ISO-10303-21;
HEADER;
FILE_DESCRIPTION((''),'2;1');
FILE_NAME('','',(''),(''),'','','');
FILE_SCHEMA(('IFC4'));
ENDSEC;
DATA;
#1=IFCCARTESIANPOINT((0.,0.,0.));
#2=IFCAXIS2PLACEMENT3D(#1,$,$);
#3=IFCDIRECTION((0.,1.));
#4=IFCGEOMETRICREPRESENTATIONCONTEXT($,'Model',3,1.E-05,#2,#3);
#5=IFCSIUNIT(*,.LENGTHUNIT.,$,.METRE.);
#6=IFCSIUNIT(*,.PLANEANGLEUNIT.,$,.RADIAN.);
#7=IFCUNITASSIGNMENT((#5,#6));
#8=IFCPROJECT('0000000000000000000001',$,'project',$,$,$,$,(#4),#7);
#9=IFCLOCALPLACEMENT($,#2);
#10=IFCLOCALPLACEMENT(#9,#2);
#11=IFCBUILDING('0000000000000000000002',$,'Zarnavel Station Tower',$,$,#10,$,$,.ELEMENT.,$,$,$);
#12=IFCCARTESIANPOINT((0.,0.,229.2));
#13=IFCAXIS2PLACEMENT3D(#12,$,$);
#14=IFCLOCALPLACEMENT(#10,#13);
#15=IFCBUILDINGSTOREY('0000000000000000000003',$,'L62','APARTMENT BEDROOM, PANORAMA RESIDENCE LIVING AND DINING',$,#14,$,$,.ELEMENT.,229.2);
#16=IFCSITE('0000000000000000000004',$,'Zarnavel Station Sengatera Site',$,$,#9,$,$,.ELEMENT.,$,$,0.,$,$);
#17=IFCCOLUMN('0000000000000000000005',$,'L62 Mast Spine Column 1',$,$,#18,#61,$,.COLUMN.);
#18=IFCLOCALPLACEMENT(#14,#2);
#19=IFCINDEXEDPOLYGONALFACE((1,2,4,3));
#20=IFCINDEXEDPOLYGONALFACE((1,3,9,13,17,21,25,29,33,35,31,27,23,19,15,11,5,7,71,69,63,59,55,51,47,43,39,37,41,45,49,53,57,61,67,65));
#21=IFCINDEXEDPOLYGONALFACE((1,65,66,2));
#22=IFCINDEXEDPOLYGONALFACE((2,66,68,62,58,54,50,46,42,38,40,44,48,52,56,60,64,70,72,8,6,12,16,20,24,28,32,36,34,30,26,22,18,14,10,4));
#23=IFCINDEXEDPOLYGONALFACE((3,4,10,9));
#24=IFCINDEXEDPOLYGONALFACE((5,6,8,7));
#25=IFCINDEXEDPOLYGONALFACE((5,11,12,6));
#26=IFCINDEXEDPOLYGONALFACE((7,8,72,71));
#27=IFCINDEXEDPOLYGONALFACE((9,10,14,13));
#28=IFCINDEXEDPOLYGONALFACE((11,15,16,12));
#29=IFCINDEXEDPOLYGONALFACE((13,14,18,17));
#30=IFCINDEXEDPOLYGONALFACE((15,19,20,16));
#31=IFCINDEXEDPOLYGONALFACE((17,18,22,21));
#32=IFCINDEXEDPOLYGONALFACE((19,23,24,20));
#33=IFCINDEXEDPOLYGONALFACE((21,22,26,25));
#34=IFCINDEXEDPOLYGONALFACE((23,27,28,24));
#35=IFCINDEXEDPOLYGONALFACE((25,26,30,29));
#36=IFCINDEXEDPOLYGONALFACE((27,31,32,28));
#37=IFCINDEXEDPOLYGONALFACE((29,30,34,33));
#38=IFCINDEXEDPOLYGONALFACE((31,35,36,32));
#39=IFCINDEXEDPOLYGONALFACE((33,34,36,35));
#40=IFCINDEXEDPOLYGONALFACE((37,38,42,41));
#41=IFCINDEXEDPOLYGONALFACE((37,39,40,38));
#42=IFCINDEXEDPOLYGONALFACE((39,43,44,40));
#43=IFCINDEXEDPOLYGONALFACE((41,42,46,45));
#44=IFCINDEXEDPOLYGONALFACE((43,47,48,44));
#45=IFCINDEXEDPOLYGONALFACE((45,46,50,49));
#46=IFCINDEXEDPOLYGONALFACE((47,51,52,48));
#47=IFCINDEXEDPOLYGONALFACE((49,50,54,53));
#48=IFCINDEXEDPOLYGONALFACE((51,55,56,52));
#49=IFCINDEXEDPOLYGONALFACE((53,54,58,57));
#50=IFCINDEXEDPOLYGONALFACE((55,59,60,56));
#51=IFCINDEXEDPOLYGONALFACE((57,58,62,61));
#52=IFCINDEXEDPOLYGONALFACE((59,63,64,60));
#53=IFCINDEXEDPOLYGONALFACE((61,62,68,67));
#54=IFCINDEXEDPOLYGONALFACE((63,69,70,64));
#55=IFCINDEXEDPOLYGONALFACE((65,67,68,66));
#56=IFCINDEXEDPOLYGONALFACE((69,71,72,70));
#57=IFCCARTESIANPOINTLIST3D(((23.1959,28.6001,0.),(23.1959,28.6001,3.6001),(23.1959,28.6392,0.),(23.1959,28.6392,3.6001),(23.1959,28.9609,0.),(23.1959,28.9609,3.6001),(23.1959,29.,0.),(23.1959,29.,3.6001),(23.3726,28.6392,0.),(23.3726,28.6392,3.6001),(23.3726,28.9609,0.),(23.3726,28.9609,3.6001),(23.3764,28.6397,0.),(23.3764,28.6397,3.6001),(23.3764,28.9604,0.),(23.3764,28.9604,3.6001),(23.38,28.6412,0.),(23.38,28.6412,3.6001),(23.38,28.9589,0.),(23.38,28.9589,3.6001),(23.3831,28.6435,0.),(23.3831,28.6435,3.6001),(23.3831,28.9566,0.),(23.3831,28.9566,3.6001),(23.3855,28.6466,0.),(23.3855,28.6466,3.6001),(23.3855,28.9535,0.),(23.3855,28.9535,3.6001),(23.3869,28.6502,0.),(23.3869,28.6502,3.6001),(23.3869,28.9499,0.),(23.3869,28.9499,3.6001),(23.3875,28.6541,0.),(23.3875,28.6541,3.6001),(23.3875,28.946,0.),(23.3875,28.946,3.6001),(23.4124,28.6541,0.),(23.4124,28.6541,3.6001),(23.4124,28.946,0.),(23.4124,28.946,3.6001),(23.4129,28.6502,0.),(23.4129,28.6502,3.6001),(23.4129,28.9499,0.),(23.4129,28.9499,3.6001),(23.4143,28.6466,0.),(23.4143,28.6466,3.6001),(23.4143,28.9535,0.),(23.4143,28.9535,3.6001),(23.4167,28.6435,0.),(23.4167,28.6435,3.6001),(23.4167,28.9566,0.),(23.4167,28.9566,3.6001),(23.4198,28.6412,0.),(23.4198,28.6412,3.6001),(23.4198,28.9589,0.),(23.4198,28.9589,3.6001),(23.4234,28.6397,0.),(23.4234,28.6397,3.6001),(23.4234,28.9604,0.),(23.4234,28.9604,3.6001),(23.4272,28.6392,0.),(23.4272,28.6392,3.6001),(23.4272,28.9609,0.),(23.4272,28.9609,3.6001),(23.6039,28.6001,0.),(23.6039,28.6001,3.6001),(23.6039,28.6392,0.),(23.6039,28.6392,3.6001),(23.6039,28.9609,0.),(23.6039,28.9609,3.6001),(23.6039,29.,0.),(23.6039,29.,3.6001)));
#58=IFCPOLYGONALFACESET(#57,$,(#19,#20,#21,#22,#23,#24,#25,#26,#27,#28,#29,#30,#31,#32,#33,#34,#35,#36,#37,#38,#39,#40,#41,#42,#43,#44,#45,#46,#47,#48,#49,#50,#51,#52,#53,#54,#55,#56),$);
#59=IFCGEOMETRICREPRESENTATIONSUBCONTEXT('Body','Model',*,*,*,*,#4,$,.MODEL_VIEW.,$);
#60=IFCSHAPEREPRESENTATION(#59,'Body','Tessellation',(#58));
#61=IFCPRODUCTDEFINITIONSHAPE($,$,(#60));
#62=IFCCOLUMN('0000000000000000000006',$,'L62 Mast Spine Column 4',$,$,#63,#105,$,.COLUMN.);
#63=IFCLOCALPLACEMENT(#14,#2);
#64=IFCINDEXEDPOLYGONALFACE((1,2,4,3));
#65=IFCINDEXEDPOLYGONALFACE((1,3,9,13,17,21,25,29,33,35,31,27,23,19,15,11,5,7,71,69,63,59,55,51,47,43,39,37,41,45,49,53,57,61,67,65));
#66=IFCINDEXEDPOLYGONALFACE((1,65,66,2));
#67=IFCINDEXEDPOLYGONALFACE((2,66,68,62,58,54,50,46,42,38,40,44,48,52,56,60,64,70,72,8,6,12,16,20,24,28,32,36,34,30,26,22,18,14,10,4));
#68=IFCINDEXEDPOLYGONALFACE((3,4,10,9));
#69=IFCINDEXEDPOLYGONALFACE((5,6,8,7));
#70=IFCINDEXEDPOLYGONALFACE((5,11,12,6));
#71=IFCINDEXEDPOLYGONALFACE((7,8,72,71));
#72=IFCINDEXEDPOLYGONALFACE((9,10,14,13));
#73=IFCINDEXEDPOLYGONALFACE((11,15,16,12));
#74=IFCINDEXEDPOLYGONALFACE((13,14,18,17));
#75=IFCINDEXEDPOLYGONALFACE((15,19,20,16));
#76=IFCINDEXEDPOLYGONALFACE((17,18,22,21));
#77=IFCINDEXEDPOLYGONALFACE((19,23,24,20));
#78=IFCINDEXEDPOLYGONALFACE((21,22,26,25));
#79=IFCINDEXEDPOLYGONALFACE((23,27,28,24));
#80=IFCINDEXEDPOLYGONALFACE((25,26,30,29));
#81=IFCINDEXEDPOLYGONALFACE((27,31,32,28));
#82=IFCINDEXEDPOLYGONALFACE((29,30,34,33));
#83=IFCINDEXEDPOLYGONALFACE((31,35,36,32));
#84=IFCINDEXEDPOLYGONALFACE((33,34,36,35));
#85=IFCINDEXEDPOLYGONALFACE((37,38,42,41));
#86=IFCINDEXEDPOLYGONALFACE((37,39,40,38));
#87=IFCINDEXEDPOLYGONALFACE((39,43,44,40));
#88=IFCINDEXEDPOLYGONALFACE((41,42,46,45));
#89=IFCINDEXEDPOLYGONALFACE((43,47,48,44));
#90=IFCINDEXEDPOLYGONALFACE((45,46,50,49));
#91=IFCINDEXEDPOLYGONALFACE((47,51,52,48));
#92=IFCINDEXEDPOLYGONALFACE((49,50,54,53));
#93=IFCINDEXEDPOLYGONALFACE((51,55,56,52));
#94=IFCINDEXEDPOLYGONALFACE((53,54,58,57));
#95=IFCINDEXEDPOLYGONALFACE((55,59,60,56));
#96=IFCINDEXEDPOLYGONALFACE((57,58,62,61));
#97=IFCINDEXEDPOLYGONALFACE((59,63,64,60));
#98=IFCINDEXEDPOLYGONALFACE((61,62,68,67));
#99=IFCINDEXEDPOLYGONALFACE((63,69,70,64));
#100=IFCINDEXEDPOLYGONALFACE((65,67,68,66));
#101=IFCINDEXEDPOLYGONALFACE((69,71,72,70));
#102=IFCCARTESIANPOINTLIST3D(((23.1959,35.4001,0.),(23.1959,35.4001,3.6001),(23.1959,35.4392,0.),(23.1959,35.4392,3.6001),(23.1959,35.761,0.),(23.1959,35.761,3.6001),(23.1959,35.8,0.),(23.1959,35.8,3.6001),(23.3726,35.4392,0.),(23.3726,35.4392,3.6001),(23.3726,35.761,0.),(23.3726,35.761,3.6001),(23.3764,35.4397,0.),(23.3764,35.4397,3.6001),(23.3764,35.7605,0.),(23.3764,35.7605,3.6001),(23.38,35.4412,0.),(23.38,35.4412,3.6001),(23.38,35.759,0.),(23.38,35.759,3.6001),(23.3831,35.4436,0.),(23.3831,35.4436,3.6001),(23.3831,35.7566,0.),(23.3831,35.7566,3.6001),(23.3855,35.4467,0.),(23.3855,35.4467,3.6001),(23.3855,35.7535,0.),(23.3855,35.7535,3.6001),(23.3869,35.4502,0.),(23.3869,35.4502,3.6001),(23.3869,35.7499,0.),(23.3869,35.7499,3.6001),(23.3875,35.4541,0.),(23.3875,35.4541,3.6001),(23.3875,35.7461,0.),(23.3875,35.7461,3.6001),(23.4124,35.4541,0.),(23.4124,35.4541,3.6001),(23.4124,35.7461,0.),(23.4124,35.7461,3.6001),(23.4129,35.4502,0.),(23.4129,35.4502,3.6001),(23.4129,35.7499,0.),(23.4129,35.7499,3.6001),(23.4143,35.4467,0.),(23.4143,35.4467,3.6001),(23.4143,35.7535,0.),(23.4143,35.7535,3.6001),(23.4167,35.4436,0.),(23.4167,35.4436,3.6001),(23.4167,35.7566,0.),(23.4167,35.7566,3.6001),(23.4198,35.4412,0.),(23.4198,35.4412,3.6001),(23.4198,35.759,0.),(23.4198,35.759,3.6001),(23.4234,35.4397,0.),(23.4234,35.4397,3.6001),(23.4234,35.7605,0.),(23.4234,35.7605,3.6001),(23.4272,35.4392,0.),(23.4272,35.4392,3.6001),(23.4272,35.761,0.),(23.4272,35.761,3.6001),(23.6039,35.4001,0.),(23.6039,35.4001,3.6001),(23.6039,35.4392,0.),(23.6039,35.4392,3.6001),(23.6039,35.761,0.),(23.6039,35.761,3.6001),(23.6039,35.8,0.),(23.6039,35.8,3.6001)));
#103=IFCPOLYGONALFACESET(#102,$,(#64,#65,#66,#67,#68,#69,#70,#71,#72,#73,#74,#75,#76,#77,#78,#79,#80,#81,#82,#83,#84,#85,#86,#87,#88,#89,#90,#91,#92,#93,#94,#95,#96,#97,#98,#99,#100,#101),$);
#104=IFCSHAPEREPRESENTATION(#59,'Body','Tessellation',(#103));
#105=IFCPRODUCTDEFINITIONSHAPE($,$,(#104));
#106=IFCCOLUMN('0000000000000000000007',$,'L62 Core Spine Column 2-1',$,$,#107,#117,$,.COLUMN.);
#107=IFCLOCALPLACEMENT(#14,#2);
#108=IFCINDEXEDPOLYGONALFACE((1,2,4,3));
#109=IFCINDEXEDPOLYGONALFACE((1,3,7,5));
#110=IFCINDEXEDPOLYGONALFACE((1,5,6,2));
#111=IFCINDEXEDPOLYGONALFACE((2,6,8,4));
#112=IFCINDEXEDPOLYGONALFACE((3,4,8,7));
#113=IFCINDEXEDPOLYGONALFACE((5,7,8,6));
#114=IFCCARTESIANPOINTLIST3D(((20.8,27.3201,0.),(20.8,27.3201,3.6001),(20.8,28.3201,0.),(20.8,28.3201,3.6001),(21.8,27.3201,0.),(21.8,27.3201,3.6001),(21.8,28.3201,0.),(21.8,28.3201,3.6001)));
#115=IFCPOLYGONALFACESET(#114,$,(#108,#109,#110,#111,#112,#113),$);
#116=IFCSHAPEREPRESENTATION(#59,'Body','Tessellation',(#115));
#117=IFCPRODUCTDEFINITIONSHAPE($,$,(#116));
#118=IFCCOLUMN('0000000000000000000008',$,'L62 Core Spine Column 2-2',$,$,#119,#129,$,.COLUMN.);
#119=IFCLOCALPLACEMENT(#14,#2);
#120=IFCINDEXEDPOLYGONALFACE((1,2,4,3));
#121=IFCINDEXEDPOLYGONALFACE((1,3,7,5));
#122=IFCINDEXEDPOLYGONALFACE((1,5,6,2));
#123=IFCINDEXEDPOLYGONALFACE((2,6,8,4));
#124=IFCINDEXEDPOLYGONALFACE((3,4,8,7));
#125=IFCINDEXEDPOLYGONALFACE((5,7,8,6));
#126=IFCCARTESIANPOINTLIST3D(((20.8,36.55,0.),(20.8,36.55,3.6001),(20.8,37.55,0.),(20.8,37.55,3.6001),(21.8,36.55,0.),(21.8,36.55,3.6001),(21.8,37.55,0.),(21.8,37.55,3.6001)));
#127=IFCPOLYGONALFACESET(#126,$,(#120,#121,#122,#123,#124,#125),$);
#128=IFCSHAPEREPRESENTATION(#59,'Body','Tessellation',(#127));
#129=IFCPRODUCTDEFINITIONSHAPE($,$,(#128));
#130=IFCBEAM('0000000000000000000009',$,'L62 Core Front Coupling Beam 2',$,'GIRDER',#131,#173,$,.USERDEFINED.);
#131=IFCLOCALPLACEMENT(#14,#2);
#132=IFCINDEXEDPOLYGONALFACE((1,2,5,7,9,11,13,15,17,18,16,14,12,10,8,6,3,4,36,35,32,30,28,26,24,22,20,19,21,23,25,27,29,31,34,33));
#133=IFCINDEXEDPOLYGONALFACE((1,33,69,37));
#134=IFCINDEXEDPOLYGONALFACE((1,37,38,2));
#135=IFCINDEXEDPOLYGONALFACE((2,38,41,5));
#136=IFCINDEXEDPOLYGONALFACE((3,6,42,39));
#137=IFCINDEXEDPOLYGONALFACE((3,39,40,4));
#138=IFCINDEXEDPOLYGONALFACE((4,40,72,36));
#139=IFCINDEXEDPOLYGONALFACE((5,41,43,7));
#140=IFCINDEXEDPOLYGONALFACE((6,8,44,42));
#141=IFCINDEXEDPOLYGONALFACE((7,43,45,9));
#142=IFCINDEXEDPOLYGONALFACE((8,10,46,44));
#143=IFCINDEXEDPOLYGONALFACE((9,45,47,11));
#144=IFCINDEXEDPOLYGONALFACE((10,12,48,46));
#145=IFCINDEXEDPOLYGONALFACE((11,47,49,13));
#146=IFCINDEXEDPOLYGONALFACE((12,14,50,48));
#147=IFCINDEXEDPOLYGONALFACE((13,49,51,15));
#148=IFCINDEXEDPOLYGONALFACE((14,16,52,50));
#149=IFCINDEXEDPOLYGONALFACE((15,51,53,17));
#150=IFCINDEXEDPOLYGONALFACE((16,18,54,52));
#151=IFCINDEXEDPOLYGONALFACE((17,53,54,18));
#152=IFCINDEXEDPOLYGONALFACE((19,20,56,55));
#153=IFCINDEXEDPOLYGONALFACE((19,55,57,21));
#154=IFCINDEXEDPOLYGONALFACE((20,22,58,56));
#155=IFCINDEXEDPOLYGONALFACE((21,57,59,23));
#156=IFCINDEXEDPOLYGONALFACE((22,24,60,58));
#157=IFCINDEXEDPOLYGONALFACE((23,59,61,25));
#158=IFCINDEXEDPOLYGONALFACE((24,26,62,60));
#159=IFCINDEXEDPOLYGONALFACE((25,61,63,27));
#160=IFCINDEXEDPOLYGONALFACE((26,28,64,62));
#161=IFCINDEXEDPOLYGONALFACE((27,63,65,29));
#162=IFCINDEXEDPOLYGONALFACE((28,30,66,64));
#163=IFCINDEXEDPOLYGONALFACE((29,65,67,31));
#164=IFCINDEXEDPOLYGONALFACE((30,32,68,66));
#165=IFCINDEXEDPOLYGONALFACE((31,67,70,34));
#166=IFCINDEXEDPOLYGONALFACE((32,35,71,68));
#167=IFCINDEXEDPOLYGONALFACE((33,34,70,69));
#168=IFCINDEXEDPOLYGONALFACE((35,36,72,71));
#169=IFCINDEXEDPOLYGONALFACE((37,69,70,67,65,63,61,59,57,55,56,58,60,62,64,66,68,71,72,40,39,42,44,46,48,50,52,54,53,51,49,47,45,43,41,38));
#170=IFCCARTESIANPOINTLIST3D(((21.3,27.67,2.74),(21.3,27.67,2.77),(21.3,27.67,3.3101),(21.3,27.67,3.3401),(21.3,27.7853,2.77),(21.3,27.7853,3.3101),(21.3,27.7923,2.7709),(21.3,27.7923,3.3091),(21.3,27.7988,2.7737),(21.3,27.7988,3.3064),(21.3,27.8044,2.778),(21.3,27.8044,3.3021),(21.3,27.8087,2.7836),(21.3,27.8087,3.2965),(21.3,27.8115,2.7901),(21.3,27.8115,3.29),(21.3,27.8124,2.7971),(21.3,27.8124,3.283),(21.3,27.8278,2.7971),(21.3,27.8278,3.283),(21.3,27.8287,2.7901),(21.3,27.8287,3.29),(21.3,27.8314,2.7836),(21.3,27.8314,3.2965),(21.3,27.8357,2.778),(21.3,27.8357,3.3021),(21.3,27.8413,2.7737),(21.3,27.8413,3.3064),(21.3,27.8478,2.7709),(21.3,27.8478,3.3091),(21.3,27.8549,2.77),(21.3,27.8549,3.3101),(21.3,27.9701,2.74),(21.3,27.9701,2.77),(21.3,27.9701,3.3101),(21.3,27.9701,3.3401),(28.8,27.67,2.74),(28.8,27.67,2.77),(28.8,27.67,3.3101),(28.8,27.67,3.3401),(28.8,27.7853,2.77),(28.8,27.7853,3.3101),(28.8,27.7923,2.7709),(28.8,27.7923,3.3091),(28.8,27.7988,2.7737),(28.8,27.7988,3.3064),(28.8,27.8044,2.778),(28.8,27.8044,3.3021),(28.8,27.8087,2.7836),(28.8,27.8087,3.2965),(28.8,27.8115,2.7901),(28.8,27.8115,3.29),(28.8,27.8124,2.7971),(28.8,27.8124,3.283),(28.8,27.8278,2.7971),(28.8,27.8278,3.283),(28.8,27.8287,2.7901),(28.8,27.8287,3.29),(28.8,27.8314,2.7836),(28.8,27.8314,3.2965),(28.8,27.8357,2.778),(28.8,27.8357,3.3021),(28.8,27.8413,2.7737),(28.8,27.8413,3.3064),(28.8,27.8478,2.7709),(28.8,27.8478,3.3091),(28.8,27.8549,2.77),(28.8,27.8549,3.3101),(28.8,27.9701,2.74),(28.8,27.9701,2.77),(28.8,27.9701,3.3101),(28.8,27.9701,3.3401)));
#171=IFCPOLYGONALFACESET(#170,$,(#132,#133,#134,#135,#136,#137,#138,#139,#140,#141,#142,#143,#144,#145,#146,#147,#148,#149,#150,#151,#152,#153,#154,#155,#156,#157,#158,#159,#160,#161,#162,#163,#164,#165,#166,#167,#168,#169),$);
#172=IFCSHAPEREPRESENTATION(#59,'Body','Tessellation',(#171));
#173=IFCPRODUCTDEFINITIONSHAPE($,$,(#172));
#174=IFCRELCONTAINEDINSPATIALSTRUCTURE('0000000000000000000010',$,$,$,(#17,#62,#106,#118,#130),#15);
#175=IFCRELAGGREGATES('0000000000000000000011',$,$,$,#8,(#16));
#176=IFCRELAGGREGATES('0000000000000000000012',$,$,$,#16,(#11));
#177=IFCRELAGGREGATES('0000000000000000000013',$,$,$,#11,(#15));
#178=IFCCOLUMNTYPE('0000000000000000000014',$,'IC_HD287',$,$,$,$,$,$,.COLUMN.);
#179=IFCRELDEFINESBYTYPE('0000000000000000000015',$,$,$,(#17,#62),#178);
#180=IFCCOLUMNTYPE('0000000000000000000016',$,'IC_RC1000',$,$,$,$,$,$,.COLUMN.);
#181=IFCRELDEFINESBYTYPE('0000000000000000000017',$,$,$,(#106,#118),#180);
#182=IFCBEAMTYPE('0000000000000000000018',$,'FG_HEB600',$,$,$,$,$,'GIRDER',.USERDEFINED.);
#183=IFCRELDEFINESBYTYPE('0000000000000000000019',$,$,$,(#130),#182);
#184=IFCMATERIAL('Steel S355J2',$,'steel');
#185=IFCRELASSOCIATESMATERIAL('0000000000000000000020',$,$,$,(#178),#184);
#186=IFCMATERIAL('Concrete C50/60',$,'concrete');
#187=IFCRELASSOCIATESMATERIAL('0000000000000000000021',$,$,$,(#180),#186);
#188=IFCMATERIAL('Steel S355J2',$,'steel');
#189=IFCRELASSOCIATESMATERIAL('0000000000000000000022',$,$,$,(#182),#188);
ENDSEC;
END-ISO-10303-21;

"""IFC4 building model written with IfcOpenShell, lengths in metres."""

from ifc_helpers import new_model, si_unit, direction, frame, origin, origin_2d, place, context, subcontext, project, spatial, rectangle, i_section, extrude, material, material_profile, profile_set, type_object, element, save


model = new_model("IFC4")

# Units and contexts
model_context = context("Model", 3, precision=1e-05, world=origin(), true_north=direction((0.0, 1.0)))
body_context = subcontext(model_context, "Body", "Model", "MODEL_VIEW")
ifc_project = project(units=[si_unit("LENGTHUNIT", "METRE"), si_unit("PLANEANGLEUNIT", "RADIAN")], contexts=[model_context])

# Site, building, storey
site_placement = place(None, origin())
site = spatial("IfcSite", under=ifc_project, at=site_placement, Name="Zarnavel Station Sengatera Site", CompositionType="ELEMENT", RefElevation=0.0)
building_placement = place(site_placement, origin())
building = spatial("IfcBuilding", under=site, at=building_placement, Name="Zarnavel Station Tower", CompositionType="ELEMENT")
storey_placement = place(building_placement, frame((0.0, 0.0, 229.2)))
storey = spatial("IfcBuildingStorey", under=building, at=storey_placement, Name="L62", Description="APARTMENT BEDROOM, PANORAMA RESIDENCE LIVING AND DINING", CompositionType="ELEMENT", Elevation=229.2)

# Columns
ifc_material_1 = material(Name="Steel S355J2", Category="steel")
ifc_material_profile_1 = material_profile(ifc_material_1, i_section(OverallWidth=0.408, OverallDepth=0.3999, WebThickness=0.0249, FlangeThickness=0.0391, FilletRadius=0.0149, at=origin_2d()), Name="HD400x287")
ifc_profile_set_1 = profile_set([ifc_material_profile_1], Name="Steel S355J2")
column_type_1 = type_object("IfcColumnType", Name="IC_HD287", PredefinedType="COLUMN", material=ifc_profile_set_1)
for number, where, z_axis, x_axis, name in (
    (1, (23.3999, 28.8, 0.0), (0.0, 0.0, 1.0), (1.0, 0.0, 0.0), "L62 Mast Spine Column 1"),
    (2, (23.3999, 35.6001, 0.0), (0.0, 0.0, 1.0), (1.0, 0.0, 0.0), "L62 Mast Spine Column 4"),
):
    element("IfcColumn", number, at=place(storey_placement, frame(where, z_axis=z_axis, x_axis=x_axis)), inside=storey, type_object=column_type_1, Name=name, PredefinedType="COLUMN", context=body_context, shape_type="SweptSolid", body=[
        extrude(i_section(OverallWidth=0.408, OverallDepth=0.3999, WebThickness=0.0249, FlangeThickness=0.0391, FilletRadius=0.0149, at=origin_2d()), origin(), (0.0, 0.0, 1.0), 3.6001),
    ])
ifc_material_2 = material(Name="Concrete C50/60", Category="concrete")
ifc_material_profile_2 = material_profile(ifc_material_2, rectangle(XDim=1.0, YDim=1.0, at=origin_2d()), Name="RC1000x1000")
ifc_profile_set_2 = profile_set([ifc_material_profile_2], Name="Concrete C50/60")
column_type_2 = type_object("IfcColumnType", Name="IC_RC1000", PredefinedType="COLUMN", material=ifc_profile_set_2)
for number, where, z_axis, x_axis, name in (
    (3, (21.3, 27.8201, 0.0), (0.0, 0.0, 1.0), (1.0, 0.0, 0.0), "L62 Core Spine Column 2-1"),
    (4, (21.3, 37.05, 0.0), (0.0, 0.0, 1.0), (1.0, 0.0, 0.0), "L62 Core Spine Column 2-2"),
):
    element("IfcColumn", number, at=place(storey_placement, frame(where, z_axis=z_axis, x_axis=x_axis)), inside=storey, type_object=column_type_2, Name=name, PredefinedType="COLUMN", context=body_context, shape_type="SweptSolid", body=[
        extrude(rectangle(XDim=1.0, YDim=1.0, at=origin_2d()), origin(), (0.0, 0.0, 1.0), 3.6001),
    ])

# Beam
ifc_material_3 = material(Name="Steel S355J2", Category="steel")
ifc_material_profile_3 = material_profile(ifc_material_3, i_section(OverallWidth=0.3, OverallDepth=0.6001, WebThickness=0.0154, FlangeThickness=0.03, FilletRadius=0.0271, at=origin_2d()), Name="HEB600")
ifc_profile_set_3 = profile_set([ifc_material_profile_3], Name="Steel S355J2")
beam_type_1 = type_object("IfcBeamType", Name="FG_HEB600", ElementType="GIRDER", PredefinedType="USERDEFINED", material=ifc_profile_set_3)
beam_1_placement = place(storey_placement, frame((21.3, 27.8201, 3.04), z_axis=(1.0, 0.0, 0.0), x_axis=(0.0, 1.0, 0.0)))
element("IfcBeam", 5, at=beam_1_placement, inside=storey, type_object=beam_type_1, Name="L62 Core Front Coupling Beam 2", ObjectType="GIRDER", PredefinedType="USERDEFINED", context=body_context, shape_type="SweptSolid", body=[
    extrude(i_section(OverallWidth=0.3, OverallDepth=0.6001, WebThickness=0.0154, FlangeThickness=0.03, FilletRadius=0.0271, at=origin_2d()), origin(), (0.0, 0.0, 1.0), 7.5),
])

save(model, "model.ifc")
